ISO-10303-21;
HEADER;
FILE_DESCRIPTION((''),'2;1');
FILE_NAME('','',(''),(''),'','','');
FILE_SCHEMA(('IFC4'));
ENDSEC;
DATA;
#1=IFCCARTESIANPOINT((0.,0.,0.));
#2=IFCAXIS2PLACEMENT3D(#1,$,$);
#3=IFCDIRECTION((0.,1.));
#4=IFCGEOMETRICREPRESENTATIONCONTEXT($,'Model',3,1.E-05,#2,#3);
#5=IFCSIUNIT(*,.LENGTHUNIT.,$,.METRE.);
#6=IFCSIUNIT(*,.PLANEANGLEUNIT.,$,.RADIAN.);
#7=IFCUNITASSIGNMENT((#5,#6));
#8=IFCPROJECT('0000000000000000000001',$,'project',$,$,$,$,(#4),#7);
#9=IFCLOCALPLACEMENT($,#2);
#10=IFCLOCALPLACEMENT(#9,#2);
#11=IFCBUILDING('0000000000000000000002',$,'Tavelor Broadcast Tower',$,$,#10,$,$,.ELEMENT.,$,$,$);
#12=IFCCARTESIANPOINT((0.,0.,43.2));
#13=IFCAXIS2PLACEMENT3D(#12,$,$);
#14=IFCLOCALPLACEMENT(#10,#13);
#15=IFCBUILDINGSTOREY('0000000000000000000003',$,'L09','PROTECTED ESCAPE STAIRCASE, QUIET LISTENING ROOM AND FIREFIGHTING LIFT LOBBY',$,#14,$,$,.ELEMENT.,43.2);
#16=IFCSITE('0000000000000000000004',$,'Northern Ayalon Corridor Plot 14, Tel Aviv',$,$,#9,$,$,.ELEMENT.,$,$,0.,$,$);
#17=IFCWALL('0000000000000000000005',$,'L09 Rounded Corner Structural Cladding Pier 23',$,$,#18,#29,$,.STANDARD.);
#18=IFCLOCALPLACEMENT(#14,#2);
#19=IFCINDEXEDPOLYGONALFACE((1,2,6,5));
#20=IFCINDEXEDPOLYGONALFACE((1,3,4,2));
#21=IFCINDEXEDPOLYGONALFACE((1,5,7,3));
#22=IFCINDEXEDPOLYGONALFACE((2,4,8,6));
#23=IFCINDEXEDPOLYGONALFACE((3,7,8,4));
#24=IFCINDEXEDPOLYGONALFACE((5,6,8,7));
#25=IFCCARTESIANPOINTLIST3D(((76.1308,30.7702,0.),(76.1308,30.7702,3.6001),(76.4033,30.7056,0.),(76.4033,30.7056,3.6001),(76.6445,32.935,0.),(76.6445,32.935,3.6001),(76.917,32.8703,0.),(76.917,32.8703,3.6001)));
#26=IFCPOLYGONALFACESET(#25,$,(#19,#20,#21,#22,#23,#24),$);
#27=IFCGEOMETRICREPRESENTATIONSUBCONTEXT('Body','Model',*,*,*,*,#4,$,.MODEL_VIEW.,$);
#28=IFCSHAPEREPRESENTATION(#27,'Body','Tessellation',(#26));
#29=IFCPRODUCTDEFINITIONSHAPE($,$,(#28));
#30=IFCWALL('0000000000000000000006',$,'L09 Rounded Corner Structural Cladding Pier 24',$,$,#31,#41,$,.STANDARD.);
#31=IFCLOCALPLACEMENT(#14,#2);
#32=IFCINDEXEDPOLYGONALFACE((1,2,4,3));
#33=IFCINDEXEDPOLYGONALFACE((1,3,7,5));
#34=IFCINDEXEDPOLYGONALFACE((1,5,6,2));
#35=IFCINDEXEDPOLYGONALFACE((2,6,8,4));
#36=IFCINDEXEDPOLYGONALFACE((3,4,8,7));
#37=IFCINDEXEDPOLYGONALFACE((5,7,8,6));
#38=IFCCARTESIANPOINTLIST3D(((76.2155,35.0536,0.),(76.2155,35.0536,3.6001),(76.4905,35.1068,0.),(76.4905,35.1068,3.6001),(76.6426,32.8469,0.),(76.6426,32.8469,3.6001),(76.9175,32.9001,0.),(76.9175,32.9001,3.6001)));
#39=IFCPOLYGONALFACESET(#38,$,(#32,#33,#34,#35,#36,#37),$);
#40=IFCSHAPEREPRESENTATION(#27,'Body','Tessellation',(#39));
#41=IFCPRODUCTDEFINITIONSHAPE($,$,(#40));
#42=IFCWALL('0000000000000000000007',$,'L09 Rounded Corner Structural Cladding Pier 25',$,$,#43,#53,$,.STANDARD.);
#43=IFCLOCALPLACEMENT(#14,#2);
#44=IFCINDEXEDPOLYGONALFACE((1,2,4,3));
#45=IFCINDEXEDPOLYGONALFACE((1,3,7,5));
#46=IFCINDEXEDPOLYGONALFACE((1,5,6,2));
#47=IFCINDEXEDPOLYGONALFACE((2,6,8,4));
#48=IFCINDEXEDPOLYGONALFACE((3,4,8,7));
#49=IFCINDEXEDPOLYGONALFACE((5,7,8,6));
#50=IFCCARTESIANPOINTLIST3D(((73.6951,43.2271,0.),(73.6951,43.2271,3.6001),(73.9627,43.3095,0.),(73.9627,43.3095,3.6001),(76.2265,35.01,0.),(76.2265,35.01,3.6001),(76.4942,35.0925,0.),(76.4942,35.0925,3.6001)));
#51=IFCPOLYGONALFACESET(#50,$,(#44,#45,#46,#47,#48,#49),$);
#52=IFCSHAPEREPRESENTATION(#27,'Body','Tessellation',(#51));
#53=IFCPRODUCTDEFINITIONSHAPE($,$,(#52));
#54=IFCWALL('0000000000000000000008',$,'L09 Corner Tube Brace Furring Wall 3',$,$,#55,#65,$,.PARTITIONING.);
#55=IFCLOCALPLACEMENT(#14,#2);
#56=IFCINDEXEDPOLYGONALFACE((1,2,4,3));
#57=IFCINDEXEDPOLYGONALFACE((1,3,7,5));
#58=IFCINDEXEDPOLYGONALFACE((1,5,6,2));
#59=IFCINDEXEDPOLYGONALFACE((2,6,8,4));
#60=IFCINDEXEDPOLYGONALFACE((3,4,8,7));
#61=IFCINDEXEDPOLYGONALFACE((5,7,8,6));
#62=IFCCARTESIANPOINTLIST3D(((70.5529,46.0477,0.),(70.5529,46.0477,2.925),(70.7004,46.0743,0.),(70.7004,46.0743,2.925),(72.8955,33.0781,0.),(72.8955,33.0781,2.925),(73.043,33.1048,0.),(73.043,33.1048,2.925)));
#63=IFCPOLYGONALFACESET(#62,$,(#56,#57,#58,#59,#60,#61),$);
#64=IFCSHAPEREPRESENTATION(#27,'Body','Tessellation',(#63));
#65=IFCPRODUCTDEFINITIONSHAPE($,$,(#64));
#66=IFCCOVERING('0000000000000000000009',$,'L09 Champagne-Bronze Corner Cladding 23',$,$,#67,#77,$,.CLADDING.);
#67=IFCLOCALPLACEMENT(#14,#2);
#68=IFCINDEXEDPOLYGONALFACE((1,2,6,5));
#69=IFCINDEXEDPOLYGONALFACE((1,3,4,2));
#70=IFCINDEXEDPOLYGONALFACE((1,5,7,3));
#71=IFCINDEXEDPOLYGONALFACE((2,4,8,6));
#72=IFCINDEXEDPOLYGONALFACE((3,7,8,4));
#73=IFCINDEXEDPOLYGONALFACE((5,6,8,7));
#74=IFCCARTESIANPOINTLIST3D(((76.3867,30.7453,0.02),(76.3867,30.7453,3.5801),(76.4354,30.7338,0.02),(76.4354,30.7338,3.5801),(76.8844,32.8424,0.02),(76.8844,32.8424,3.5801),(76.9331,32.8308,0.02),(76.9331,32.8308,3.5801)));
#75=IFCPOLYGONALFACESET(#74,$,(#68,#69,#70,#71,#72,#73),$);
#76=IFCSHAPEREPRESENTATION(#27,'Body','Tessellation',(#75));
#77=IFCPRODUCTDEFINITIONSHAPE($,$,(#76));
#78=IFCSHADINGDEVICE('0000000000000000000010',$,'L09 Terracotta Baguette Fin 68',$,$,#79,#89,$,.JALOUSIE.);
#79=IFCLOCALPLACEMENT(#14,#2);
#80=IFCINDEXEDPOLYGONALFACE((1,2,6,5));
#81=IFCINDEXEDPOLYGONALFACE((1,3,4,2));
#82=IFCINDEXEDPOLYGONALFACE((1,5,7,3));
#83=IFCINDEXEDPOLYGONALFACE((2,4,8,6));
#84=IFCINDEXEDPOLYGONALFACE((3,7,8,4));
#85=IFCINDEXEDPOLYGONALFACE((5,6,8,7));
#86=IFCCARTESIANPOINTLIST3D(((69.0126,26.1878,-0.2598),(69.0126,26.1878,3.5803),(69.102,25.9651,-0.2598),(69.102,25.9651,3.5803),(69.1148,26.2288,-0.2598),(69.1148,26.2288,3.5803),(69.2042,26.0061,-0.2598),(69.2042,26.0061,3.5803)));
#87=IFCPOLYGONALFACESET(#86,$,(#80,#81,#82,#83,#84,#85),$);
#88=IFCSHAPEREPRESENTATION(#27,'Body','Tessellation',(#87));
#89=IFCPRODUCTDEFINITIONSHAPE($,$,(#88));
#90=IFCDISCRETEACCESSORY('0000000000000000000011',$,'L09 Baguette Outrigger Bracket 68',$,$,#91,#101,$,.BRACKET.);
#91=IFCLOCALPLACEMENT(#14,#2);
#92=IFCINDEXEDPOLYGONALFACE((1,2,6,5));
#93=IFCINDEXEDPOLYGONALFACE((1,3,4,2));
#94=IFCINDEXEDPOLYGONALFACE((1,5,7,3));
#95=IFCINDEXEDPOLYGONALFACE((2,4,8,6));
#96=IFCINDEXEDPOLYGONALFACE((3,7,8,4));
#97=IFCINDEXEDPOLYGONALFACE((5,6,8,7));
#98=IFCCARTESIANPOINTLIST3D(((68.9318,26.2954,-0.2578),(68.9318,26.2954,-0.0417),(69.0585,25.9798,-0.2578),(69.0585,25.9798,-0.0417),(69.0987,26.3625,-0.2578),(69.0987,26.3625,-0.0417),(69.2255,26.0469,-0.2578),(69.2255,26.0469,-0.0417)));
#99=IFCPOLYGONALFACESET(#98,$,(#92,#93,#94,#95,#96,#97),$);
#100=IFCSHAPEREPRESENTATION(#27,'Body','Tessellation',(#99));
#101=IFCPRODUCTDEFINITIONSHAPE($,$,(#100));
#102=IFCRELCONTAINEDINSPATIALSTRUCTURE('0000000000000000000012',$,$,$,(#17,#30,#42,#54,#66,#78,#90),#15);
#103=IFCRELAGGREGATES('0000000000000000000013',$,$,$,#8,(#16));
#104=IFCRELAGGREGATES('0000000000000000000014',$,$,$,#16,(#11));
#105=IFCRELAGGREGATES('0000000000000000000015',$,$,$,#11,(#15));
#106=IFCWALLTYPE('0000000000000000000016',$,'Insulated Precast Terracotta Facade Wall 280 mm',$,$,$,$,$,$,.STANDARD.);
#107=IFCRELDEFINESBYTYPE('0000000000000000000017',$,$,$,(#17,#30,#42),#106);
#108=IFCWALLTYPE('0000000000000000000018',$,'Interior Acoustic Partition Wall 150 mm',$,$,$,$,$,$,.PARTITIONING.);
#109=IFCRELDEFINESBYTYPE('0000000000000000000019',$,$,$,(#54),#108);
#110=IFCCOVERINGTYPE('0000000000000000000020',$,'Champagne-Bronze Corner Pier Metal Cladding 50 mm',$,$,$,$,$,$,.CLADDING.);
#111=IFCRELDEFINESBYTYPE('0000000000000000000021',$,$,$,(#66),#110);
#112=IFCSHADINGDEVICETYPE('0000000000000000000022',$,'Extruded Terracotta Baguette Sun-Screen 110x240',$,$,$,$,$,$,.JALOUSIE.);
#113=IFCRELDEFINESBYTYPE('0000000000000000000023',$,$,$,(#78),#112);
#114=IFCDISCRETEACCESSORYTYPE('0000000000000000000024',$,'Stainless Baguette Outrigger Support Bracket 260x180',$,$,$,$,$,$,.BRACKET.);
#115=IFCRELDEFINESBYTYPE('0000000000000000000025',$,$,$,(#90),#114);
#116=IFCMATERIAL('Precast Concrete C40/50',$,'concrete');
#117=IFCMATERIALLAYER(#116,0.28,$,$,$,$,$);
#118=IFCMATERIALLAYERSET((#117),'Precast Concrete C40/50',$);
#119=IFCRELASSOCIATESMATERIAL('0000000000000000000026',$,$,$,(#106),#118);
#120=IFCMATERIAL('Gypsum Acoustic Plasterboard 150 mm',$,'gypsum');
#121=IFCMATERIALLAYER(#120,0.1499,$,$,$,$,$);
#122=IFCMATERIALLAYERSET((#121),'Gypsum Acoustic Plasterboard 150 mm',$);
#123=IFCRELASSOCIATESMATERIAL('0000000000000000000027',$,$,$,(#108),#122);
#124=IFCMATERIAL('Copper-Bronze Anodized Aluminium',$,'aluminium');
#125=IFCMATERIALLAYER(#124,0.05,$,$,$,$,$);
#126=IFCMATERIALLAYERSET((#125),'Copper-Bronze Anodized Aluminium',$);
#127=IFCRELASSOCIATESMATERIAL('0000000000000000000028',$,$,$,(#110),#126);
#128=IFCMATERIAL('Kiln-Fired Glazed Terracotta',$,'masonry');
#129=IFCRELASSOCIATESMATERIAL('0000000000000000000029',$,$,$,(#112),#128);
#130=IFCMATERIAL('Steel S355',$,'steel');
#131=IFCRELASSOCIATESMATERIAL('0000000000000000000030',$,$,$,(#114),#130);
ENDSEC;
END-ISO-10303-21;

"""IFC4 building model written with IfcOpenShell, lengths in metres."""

from ifc_helpers import new_model, si_unit, direction, frame, frame_2d, origin, origin_2d, place, context, subcontext, project, spatial, rectangle, extrude, source, transform, mapped, material, layer, layer_set, type_object, type_shapes, element, save


model = new_model("IFC4")

# Units and contexts
model_context = context("Model", 3, precision=1e-05, world=origin(), true_north=direction((0.0, 1.0)))
body_context = subcontext(model_context, "Body", "Model", "MODEL_VIEW")
ifc_project = project(units=[si_unit("LENGTHUNIT", "METRE"), si_unit("PLANEANGLEUNIT", "RADIAN")], contexts=[model_context])

# Site, building, storey
site_placement = place(None, origin())
site = spatial("IfcSite", under=ifc_project, at=site_placement, Name="Northern Ayalon Corridor Plot 14, Tel Aviv", CompositionType="ELEMENT", RefElevation=0.0)
building_placement = place(site_placement, origin())
building = spatial("IfcBuilding", under=site, at=building_placement, Name="Tavelor Broadcast Tower", CompositionType="ELEMENT")
storey_placement = place(building_placement, frame((0.0, 0.0, 43.2)))
storey = spatial("IfcBuildingStorey", under=building, at=storey_placement, Name="L09", Description="PROTECTED ESCAPE STAIRCASE, QUIET LISTENING ROOM AND FIREFIGHTING LIFT LOBBY", CompositionType="ELEMENT", Elevation=43.2)

# Shared definitions
ifc_material_1 = material(Name="Steel S355", Category="steel")

# Walls
ifc_material_2 = material(Name="Precast Concrete C40/50", Category="concrete")
ifc_layer_1 = layer(ifc_material_2, 0.28)
ifc_layer_set_1 = layer_set([ifc_layer_1], Name="Precast Concrete C40/50")
wall_type_1 = type_object("IfcWallType", Name="Insulated Precast Terracotta Facade Wall 280 mm", PredefinedType="STANDARD", material=ifc_layer_set_1)
wall_1_placement = place(storey_placement, frame((76.2671, 30.738, 0.0), z_axis=(0.0, 0.0, 1.0), x_axis=(0.230874, 0.972984, 0.0)))
element("IfcWall", 1, at=wall_1_placement, inside=storey, type_object=wall_type_1, Name="L09 Rounded Corner Structural Cladding Pier 23", PredefinedType="STANDARD", context=body_context, shape_type="SweptSolid", body=[
    extrude(rectangle(XDim=2.2249, YDim=0.28, at=frame_2d((1.1123, 0.0))), origin(), (0.0, 0.0, 1.0), 3.6001),
])
wall_2_placement = place(storey_placement, frame((76.78, 32.8735, 0.0), z_axis=(0.0, 0.0, 1.0), x_axis=(-0.189992, 0.981786, 0.0)))
element("IfcWall", 2, at=wall_2_placement, inside=storey, type_object=wall_type_1, Name="L09 Rounded Corner Structural Cladding Pier 24", PredefinedType="STANDARD", context=body_context, shape_type="SweptSolid", body=[
    extrude(rectangle(XDim=2.2476, YDim=0.28, at=frame_2d((1.1238, 0.0))), origin(), (0.0, 0.0, 1.0), 3.6001),
])
wall_3_placement = place(storey_placement, frame((76.3604, 35.0513, 0.0), z_axis=(0.0, 0.0, 1.0), x_axis=(-0.294423, 0.955675, 0.0)))
element("IfcWall", 3, at=wall_3_placement, inside=storey, type_object=wall_type_1, Name="L09 Rounded Corner Structural Cladding Pier 25", PredefinedType="STANDARD", context=body_context, shape_type="SweptSolid", body=[
    extrude(rectangle(XDim=8.5981, YDim=0.28, at=frame_2d((4.2991, 0.0))), origin(), (0.0, 0.0, 1.0), 3.6001),
])
ifc_material_3 = material(Name="Gypsum Acoustic Plasterboard 150 mm", Category="gypsum")
ifc_layer_2 = layer(ifc_material_3, 0.1499)
ifc_layer_set_2 = layer_set([ifc_layer_2], Name="Gypsum Acoustic Plasterboard 150 mm")
wall_type_2 = type_object("IfcWallType", Name="Interior Acoustic Partition Wall 150 mm", PredefinedType="PARTITIONING", material=ifc_layer_set_2)
wall_4_placement = place(storey_placement, frame((72.9692, 33.0913, 0.0), z_axis=(0.0, 0.0, 1.0), x_axis=(-0.177743, 0.984077, 0.0)))
element("IfcWall", 4, at=wall_4_placement, inside=storey, type_object=wall_type_2, Name="L09 Corner Tube Brace Furring Wall 3", PredefinedType="PARTITIONING", context=body_context, shape_type="SweptSolid", body=[
    extrude(rectangle(XDim=13.1794, YDim=0.1499, at=frame_2d((6.5898, 0.0))), origin(), (0.0, 0.0, 1.0), 2.925),
])

# Covering
ifc_material_4 = material(Name="Copper-Bronze Anodized Aluminium", Category="aluminium")
ifc_layer_3 = layer(ifc_material_4, 0.05)
ifc_layer_set_3 = layer_set([ifc_layer_3], Name="Copper-Bronze Anodized Aluminium")
covering_type = type_object("IfcCoveringType", Name="Champagne-Bronze Corner Pier Metal Cladding 50 mm", PredefinedType="CLADDING", material=ifc_layer_set_3)
covering_placement = place(storey_placement, frame((76.6599, 31.7881, 0.02), z_axis=(0.0, 0.0, 1.0), x_axis=(0.230899, 0.972978, 0.0)))
element("IfcCovering", 5, at=covering_placement, inside=storey, type_object=covering_type, Name="L09 Champagne-Bronze Corner Cladding 23", PredefinedType="CLADDING", context=body_context, shape_type="SweptSolid", body=[
    extrude(rectangle(XDim=2.1553, YDim=0.05, at=origin_2d()), origin(), (0.0, 0.0, 1.0), 3.5601),
])

# Shading device
ifc_material_5 = material(Name="Kiln-Fired Glazed Terracotta", Category="masonry")
shading_device_type = type_object("IfcShadingDeviceType", Name="Extruded Terracotta Baguette Sun-Screen 110x240", PredefinedType="JALOUSIE", material=ifc_material_5)
shared_shape_1 = source(origin(), body_context, "Body", "SweptSolid", [
    extrude(rectangle(XDim=0.1101, YDim=0.24, at=origin_2d()), origin(), (0.0, 0.0, 1.0), 3.8401),
])
type_shapes(shading_device_type, [shared_shape_1])
shading_device_placement = place(storey_placement, frame((69.1084, 26.0969, -0.2598), z_axis=(0.0, 0.0, 1.0), x_axis=(0.927966, 0.372664, 0.0)))
element("IfcShadingDevice", 6, at=shading_device_placement, inside=storey, type_object=shading_device_type, Name="L09 Terracotta Baguette Fin 68", PredefinedType="JALOUSIE", context=body_context, shape_type="MappedRepresentation", body=[
    mapped(shared_shape_1, transform((0.0, 0.0, 0.0), scale=1.0)),
])

# Discrete accessory
discrete_accessory_type = type_object("IfcDiscreteAccessoryType", Name="Stainless Baguette Outrigger Support Bracket 260x180", PredefinedType="BRACKET", material=ifc_material_1)
shared_shape_2 = source(origin(), body_context, "Body", "SweptSolid", [
    extrude(rectangle(XDim=0.1799, YDim=0.3401, at=origin_2d()), origin(), (0.0, 0.0, 1.0), 0.2161),
])
type_shapes(discrete_accessory_type, [shared_shape_2])
discrete_accessory_placement = place(storey_placement, frame((69.0786, 26.1711, -0.2578), z_axis=(0.0, 0.0, 1.0), x_axis=(0.927966, 0.372664, 0.0)))
element("IfcDiscreteAccessory", 7, at=discrete_accessory_placement, inside=storey, type_object=discrete_accessory_type, Name="L09 Baguette Outrigger Bracket 68", PredefinedType="BRACKET", context=body_context, shape_type="MappedRepresentation", body=[
    mapped(shared_shape_2, transform((0.0, 0.0, 0.0), scale=1.0)),
])

save(model, "model.ifc")
